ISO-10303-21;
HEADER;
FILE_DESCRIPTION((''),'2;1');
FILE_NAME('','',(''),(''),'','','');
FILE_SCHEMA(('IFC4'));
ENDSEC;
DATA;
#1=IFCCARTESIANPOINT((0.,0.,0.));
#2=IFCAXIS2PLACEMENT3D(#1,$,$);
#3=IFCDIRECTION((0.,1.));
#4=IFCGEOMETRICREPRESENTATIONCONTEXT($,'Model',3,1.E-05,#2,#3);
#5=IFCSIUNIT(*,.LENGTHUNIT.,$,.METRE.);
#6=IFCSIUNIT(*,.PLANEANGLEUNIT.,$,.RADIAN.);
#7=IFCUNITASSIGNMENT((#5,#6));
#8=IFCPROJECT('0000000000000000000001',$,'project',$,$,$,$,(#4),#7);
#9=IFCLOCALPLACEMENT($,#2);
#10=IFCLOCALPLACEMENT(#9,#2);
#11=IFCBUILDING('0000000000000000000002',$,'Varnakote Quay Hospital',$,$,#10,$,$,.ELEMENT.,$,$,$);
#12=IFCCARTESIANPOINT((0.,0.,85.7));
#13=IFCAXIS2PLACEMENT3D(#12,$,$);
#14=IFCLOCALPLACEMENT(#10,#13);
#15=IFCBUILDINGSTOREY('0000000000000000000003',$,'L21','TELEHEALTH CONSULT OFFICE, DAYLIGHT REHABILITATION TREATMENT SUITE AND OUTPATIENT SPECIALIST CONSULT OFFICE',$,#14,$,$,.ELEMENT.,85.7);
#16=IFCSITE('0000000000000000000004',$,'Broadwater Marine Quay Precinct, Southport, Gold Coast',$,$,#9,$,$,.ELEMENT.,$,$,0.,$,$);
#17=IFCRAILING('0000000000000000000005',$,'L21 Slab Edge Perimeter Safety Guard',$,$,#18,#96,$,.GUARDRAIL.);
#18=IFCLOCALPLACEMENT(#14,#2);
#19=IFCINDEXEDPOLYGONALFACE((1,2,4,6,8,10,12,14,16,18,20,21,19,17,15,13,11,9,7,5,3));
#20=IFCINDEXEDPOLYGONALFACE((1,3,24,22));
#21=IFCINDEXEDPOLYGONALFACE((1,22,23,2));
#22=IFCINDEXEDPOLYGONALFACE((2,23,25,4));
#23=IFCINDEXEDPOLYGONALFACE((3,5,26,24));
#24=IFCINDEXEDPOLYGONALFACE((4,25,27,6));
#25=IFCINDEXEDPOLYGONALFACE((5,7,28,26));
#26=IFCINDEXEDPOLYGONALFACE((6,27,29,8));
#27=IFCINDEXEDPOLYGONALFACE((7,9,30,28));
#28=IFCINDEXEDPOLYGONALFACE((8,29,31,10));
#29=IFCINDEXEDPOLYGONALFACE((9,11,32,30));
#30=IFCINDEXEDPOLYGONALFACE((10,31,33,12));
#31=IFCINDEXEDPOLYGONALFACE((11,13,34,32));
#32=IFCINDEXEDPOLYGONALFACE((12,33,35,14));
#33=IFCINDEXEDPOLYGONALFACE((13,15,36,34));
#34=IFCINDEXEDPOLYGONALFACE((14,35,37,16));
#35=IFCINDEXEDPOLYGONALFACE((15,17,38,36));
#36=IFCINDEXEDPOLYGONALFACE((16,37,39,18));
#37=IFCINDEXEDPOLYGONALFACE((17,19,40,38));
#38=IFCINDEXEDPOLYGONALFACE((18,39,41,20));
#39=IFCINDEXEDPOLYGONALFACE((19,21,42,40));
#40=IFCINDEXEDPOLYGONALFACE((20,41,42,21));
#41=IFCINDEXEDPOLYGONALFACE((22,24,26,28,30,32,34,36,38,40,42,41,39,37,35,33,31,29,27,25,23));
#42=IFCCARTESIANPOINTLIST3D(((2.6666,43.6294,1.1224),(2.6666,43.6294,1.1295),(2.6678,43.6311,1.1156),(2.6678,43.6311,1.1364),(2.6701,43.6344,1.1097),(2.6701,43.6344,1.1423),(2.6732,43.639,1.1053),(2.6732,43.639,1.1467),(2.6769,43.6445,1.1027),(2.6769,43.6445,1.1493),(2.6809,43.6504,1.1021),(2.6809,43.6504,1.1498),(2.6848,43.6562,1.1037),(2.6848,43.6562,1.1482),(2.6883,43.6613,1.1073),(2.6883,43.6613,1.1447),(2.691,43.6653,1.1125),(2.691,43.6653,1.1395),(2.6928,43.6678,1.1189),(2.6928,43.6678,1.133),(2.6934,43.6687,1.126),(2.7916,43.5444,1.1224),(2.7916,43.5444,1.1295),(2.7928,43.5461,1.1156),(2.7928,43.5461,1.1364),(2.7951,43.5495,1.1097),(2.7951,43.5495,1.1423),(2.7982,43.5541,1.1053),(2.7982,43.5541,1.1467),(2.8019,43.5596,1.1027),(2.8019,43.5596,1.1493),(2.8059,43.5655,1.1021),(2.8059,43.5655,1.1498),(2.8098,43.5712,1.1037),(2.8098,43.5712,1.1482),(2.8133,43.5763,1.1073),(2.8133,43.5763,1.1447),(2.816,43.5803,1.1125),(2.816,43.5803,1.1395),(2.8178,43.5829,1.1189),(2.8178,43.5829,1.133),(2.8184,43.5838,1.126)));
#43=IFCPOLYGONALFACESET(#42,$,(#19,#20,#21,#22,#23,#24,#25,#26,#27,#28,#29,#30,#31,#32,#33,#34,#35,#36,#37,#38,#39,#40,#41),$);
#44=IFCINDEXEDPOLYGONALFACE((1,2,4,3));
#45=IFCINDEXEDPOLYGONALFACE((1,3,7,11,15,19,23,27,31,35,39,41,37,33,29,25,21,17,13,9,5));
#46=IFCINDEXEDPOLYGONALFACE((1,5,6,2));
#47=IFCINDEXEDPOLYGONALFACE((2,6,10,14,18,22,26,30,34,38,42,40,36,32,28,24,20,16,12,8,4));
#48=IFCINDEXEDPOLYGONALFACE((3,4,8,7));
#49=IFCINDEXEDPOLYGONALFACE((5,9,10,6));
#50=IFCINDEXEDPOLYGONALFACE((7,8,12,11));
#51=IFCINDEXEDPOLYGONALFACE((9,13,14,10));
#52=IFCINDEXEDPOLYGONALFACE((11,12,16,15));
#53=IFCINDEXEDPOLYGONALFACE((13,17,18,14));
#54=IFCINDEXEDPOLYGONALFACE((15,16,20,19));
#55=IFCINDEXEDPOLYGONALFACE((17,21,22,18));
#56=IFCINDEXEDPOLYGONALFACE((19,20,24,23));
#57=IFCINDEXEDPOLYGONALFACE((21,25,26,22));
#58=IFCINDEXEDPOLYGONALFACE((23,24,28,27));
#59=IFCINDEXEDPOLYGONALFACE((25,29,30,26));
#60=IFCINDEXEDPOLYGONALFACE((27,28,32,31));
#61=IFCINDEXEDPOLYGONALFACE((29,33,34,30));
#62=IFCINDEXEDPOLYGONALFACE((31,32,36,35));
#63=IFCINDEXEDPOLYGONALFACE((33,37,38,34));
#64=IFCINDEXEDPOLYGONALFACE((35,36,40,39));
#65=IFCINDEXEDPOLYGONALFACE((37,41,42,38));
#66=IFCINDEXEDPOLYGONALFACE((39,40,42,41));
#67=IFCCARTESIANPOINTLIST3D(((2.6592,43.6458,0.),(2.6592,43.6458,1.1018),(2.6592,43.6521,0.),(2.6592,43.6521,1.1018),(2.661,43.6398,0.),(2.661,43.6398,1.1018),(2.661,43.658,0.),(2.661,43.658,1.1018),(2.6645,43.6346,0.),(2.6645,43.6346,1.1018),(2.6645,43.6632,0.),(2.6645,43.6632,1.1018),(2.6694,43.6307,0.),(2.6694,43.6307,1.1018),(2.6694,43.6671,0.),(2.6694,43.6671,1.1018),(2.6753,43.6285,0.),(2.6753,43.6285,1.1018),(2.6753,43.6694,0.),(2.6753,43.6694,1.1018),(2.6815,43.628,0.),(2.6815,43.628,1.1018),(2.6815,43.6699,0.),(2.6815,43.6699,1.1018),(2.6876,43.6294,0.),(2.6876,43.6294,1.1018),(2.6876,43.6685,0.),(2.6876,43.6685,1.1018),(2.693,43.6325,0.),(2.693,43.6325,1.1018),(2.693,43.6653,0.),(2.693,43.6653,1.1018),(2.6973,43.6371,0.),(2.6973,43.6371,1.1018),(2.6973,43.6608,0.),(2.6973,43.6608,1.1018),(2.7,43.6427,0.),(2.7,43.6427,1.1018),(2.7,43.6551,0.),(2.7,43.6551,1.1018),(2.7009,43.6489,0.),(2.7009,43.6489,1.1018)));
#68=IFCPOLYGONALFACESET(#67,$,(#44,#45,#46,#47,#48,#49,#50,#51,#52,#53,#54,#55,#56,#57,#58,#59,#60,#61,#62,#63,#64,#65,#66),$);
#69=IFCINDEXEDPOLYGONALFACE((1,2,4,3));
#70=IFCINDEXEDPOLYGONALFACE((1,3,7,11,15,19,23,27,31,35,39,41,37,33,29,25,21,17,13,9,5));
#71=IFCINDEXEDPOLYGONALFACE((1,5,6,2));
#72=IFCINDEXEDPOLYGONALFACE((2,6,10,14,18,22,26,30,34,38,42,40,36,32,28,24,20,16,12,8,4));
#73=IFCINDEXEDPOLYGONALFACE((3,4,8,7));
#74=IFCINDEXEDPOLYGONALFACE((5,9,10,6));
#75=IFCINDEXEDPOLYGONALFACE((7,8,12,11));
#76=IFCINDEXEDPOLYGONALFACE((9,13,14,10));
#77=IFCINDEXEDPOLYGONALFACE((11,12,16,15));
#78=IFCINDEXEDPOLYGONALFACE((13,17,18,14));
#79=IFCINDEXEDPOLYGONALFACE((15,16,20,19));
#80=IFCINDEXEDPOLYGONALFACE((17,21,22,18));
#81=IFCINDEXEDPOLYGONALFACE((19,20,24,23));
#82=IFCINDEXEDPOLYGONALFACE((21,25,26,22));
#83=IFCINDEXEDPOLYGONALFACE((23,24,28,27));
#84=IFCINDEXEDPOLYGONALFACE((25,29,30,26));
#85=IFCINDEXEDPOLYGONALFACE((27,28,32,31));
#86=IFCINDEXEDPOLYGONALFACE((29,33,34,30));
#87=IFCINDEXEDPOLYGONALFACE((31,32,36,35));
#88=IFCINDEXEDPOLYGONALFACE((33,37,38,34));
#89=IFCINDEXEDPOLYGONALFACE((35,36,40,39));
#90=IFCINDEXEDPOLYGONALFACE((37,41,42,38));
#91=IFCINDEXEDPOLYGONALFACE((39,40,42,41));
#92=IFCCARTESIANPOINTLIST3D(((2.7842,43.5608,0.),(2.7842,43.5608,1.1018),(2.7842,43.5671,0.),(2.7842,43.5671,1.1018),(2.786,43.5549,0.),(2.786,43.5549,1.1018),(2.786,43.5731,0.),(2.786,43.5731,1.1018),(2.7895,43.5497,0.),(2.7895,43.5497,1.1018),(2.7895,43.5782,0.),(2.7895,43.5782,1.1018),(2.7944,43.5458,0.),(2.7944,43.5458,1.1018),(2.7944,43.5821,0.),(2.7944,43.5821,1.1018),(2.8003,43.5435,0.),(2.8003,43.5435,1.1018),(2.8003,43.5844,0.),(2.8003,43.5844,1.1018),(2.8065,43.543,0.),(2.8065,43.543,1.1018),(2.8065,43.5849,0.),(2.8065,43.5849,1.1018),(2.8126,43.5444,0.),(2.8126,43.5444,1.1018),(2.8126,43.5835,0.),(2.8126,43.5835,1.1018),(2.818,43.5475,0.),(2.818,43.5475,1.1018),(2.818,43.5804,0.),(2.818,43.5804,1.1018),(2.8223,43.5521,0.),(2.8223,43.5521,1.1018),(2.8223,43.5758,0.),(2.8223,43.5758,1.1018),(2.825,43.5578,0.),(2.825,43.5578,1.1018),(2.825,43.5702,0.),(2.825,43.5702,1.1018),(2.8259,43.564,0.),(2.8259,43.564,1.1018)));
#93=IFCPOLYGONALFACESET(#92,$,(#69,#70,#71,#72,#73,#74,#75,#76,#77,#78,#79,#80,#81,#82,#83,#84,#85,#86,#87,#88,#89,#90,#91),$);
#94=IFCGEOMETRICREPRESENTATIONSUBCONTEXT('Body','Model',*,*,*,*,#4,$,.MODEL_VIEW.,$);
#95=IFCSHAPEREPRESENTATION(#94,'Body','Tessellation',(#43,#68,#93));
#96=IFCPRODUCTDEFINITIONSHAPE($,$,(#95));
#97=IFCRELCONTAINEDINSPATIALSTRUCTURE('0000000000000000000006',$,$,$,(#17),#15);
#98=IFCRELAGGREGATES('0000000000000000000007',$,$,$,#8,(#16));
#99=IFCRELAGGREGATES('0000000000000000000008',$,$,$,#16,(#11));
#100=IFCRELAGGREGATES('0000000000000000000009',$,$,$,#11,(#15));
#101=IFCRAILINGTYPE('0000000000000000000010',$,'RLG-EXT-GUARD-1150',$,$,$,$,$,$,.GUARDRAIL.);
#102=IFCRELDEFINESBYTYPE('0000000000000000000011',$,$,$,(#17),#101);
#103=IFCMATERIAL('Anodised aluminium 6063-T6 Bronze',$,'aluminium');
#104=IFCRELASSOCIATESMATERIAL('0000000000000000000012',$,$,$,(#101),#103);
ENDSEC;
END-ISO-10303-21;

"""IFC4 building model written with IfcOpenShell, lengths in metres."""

from ifc_helpers import new_model, si_unit, direction, frame, origin, origin_2d, place, context, subcontext, project, spatial, circle, extrude, material, type_object, element, save


model = new_model("IFC4")

# Units and contexts
model_context = context("Model", 3, precision=1e-05, world=origin(), true_north=direction((0.0, 1.0)))
body_context = subcontext(model_context, "Body", "Model", "MODEL_VIEW")
ifc_project = project(units=[si_unit("LENGTHUNIT", "METRE"), si_unit("PLANEANGLEUNIT", "RADIAN")], contexts=[model_context])

# Site, building, storey
site_placement = place(None, origin())
site = spatial("IfcSite", under=ifc_project, at=site_placement, Name="Broadwater Marine Quay Precinct, Southport, Gold Coast", CompositionType="ELEMENT", RefElevation=0.0)
building_placement = place(site_placement, origin())
building = spatial("IfcBuilding", under=site, at=building_placement, Name="Varnakote Quay Hospital", CompositionType="ELEMENT")
storey_placement = place(building_placement, frame((0.0, 0.0, 85.7)))
storey = spatial("IfcBuildingStorey", under=building, at=storey_placement, Name="L21", Description="TELEHEALTH CONSULT OFFICE, DAYLIGHT REHABILITATION TREATMENT SUITE AND OUTPATIENT SPECIALIST CONSULT OFFICE", CompositionType="ELEMENT", Elevation=85.7)

# Railing
ifc_material_1 = material(Name="Anodised aluminium 6063-T6 Bronze", Category="aluminium")
railing_type = type_object("IfcRailingType", Name="RLG-EXT-GUARD-1150", PredefinedType="GUARDRAIL", material=ifc_material_1)
railing_1_placement = place(storey_placement, frame((2.6799, 43.6489, 0.0)))
element("IfcRailing", 1, at=railing_1_placement, inside=storey, type_object=railing_type, Name="L21 Slab Edge Perimeter Safety Guard", PredefinedType="GUARDRAIL", context=body_context, shape_type="SweptSolid", body=[
    extrude(circle(Radius=0.0239, at=origin_2d()), frame((0.0, 0.0, 1.126), z_axis=(0.827047, -0.562133, 0.0), x_axis=(0.562133, 0.827047, 0.0)), (0.0, 0.0, 1.0), 0.1511),
    extrude(circle(Radius=0.021, at=origin_2d()), origin(), (0.0, 0.0, 1.0), 1.1018),
    extrude(circle(Radius=0.021, at=origin_2d()), frame((0.125, -0.085, 0.0)), (0.0, 0.0, 1.0), 1.1018),
])

save(model, "model.ifc")
